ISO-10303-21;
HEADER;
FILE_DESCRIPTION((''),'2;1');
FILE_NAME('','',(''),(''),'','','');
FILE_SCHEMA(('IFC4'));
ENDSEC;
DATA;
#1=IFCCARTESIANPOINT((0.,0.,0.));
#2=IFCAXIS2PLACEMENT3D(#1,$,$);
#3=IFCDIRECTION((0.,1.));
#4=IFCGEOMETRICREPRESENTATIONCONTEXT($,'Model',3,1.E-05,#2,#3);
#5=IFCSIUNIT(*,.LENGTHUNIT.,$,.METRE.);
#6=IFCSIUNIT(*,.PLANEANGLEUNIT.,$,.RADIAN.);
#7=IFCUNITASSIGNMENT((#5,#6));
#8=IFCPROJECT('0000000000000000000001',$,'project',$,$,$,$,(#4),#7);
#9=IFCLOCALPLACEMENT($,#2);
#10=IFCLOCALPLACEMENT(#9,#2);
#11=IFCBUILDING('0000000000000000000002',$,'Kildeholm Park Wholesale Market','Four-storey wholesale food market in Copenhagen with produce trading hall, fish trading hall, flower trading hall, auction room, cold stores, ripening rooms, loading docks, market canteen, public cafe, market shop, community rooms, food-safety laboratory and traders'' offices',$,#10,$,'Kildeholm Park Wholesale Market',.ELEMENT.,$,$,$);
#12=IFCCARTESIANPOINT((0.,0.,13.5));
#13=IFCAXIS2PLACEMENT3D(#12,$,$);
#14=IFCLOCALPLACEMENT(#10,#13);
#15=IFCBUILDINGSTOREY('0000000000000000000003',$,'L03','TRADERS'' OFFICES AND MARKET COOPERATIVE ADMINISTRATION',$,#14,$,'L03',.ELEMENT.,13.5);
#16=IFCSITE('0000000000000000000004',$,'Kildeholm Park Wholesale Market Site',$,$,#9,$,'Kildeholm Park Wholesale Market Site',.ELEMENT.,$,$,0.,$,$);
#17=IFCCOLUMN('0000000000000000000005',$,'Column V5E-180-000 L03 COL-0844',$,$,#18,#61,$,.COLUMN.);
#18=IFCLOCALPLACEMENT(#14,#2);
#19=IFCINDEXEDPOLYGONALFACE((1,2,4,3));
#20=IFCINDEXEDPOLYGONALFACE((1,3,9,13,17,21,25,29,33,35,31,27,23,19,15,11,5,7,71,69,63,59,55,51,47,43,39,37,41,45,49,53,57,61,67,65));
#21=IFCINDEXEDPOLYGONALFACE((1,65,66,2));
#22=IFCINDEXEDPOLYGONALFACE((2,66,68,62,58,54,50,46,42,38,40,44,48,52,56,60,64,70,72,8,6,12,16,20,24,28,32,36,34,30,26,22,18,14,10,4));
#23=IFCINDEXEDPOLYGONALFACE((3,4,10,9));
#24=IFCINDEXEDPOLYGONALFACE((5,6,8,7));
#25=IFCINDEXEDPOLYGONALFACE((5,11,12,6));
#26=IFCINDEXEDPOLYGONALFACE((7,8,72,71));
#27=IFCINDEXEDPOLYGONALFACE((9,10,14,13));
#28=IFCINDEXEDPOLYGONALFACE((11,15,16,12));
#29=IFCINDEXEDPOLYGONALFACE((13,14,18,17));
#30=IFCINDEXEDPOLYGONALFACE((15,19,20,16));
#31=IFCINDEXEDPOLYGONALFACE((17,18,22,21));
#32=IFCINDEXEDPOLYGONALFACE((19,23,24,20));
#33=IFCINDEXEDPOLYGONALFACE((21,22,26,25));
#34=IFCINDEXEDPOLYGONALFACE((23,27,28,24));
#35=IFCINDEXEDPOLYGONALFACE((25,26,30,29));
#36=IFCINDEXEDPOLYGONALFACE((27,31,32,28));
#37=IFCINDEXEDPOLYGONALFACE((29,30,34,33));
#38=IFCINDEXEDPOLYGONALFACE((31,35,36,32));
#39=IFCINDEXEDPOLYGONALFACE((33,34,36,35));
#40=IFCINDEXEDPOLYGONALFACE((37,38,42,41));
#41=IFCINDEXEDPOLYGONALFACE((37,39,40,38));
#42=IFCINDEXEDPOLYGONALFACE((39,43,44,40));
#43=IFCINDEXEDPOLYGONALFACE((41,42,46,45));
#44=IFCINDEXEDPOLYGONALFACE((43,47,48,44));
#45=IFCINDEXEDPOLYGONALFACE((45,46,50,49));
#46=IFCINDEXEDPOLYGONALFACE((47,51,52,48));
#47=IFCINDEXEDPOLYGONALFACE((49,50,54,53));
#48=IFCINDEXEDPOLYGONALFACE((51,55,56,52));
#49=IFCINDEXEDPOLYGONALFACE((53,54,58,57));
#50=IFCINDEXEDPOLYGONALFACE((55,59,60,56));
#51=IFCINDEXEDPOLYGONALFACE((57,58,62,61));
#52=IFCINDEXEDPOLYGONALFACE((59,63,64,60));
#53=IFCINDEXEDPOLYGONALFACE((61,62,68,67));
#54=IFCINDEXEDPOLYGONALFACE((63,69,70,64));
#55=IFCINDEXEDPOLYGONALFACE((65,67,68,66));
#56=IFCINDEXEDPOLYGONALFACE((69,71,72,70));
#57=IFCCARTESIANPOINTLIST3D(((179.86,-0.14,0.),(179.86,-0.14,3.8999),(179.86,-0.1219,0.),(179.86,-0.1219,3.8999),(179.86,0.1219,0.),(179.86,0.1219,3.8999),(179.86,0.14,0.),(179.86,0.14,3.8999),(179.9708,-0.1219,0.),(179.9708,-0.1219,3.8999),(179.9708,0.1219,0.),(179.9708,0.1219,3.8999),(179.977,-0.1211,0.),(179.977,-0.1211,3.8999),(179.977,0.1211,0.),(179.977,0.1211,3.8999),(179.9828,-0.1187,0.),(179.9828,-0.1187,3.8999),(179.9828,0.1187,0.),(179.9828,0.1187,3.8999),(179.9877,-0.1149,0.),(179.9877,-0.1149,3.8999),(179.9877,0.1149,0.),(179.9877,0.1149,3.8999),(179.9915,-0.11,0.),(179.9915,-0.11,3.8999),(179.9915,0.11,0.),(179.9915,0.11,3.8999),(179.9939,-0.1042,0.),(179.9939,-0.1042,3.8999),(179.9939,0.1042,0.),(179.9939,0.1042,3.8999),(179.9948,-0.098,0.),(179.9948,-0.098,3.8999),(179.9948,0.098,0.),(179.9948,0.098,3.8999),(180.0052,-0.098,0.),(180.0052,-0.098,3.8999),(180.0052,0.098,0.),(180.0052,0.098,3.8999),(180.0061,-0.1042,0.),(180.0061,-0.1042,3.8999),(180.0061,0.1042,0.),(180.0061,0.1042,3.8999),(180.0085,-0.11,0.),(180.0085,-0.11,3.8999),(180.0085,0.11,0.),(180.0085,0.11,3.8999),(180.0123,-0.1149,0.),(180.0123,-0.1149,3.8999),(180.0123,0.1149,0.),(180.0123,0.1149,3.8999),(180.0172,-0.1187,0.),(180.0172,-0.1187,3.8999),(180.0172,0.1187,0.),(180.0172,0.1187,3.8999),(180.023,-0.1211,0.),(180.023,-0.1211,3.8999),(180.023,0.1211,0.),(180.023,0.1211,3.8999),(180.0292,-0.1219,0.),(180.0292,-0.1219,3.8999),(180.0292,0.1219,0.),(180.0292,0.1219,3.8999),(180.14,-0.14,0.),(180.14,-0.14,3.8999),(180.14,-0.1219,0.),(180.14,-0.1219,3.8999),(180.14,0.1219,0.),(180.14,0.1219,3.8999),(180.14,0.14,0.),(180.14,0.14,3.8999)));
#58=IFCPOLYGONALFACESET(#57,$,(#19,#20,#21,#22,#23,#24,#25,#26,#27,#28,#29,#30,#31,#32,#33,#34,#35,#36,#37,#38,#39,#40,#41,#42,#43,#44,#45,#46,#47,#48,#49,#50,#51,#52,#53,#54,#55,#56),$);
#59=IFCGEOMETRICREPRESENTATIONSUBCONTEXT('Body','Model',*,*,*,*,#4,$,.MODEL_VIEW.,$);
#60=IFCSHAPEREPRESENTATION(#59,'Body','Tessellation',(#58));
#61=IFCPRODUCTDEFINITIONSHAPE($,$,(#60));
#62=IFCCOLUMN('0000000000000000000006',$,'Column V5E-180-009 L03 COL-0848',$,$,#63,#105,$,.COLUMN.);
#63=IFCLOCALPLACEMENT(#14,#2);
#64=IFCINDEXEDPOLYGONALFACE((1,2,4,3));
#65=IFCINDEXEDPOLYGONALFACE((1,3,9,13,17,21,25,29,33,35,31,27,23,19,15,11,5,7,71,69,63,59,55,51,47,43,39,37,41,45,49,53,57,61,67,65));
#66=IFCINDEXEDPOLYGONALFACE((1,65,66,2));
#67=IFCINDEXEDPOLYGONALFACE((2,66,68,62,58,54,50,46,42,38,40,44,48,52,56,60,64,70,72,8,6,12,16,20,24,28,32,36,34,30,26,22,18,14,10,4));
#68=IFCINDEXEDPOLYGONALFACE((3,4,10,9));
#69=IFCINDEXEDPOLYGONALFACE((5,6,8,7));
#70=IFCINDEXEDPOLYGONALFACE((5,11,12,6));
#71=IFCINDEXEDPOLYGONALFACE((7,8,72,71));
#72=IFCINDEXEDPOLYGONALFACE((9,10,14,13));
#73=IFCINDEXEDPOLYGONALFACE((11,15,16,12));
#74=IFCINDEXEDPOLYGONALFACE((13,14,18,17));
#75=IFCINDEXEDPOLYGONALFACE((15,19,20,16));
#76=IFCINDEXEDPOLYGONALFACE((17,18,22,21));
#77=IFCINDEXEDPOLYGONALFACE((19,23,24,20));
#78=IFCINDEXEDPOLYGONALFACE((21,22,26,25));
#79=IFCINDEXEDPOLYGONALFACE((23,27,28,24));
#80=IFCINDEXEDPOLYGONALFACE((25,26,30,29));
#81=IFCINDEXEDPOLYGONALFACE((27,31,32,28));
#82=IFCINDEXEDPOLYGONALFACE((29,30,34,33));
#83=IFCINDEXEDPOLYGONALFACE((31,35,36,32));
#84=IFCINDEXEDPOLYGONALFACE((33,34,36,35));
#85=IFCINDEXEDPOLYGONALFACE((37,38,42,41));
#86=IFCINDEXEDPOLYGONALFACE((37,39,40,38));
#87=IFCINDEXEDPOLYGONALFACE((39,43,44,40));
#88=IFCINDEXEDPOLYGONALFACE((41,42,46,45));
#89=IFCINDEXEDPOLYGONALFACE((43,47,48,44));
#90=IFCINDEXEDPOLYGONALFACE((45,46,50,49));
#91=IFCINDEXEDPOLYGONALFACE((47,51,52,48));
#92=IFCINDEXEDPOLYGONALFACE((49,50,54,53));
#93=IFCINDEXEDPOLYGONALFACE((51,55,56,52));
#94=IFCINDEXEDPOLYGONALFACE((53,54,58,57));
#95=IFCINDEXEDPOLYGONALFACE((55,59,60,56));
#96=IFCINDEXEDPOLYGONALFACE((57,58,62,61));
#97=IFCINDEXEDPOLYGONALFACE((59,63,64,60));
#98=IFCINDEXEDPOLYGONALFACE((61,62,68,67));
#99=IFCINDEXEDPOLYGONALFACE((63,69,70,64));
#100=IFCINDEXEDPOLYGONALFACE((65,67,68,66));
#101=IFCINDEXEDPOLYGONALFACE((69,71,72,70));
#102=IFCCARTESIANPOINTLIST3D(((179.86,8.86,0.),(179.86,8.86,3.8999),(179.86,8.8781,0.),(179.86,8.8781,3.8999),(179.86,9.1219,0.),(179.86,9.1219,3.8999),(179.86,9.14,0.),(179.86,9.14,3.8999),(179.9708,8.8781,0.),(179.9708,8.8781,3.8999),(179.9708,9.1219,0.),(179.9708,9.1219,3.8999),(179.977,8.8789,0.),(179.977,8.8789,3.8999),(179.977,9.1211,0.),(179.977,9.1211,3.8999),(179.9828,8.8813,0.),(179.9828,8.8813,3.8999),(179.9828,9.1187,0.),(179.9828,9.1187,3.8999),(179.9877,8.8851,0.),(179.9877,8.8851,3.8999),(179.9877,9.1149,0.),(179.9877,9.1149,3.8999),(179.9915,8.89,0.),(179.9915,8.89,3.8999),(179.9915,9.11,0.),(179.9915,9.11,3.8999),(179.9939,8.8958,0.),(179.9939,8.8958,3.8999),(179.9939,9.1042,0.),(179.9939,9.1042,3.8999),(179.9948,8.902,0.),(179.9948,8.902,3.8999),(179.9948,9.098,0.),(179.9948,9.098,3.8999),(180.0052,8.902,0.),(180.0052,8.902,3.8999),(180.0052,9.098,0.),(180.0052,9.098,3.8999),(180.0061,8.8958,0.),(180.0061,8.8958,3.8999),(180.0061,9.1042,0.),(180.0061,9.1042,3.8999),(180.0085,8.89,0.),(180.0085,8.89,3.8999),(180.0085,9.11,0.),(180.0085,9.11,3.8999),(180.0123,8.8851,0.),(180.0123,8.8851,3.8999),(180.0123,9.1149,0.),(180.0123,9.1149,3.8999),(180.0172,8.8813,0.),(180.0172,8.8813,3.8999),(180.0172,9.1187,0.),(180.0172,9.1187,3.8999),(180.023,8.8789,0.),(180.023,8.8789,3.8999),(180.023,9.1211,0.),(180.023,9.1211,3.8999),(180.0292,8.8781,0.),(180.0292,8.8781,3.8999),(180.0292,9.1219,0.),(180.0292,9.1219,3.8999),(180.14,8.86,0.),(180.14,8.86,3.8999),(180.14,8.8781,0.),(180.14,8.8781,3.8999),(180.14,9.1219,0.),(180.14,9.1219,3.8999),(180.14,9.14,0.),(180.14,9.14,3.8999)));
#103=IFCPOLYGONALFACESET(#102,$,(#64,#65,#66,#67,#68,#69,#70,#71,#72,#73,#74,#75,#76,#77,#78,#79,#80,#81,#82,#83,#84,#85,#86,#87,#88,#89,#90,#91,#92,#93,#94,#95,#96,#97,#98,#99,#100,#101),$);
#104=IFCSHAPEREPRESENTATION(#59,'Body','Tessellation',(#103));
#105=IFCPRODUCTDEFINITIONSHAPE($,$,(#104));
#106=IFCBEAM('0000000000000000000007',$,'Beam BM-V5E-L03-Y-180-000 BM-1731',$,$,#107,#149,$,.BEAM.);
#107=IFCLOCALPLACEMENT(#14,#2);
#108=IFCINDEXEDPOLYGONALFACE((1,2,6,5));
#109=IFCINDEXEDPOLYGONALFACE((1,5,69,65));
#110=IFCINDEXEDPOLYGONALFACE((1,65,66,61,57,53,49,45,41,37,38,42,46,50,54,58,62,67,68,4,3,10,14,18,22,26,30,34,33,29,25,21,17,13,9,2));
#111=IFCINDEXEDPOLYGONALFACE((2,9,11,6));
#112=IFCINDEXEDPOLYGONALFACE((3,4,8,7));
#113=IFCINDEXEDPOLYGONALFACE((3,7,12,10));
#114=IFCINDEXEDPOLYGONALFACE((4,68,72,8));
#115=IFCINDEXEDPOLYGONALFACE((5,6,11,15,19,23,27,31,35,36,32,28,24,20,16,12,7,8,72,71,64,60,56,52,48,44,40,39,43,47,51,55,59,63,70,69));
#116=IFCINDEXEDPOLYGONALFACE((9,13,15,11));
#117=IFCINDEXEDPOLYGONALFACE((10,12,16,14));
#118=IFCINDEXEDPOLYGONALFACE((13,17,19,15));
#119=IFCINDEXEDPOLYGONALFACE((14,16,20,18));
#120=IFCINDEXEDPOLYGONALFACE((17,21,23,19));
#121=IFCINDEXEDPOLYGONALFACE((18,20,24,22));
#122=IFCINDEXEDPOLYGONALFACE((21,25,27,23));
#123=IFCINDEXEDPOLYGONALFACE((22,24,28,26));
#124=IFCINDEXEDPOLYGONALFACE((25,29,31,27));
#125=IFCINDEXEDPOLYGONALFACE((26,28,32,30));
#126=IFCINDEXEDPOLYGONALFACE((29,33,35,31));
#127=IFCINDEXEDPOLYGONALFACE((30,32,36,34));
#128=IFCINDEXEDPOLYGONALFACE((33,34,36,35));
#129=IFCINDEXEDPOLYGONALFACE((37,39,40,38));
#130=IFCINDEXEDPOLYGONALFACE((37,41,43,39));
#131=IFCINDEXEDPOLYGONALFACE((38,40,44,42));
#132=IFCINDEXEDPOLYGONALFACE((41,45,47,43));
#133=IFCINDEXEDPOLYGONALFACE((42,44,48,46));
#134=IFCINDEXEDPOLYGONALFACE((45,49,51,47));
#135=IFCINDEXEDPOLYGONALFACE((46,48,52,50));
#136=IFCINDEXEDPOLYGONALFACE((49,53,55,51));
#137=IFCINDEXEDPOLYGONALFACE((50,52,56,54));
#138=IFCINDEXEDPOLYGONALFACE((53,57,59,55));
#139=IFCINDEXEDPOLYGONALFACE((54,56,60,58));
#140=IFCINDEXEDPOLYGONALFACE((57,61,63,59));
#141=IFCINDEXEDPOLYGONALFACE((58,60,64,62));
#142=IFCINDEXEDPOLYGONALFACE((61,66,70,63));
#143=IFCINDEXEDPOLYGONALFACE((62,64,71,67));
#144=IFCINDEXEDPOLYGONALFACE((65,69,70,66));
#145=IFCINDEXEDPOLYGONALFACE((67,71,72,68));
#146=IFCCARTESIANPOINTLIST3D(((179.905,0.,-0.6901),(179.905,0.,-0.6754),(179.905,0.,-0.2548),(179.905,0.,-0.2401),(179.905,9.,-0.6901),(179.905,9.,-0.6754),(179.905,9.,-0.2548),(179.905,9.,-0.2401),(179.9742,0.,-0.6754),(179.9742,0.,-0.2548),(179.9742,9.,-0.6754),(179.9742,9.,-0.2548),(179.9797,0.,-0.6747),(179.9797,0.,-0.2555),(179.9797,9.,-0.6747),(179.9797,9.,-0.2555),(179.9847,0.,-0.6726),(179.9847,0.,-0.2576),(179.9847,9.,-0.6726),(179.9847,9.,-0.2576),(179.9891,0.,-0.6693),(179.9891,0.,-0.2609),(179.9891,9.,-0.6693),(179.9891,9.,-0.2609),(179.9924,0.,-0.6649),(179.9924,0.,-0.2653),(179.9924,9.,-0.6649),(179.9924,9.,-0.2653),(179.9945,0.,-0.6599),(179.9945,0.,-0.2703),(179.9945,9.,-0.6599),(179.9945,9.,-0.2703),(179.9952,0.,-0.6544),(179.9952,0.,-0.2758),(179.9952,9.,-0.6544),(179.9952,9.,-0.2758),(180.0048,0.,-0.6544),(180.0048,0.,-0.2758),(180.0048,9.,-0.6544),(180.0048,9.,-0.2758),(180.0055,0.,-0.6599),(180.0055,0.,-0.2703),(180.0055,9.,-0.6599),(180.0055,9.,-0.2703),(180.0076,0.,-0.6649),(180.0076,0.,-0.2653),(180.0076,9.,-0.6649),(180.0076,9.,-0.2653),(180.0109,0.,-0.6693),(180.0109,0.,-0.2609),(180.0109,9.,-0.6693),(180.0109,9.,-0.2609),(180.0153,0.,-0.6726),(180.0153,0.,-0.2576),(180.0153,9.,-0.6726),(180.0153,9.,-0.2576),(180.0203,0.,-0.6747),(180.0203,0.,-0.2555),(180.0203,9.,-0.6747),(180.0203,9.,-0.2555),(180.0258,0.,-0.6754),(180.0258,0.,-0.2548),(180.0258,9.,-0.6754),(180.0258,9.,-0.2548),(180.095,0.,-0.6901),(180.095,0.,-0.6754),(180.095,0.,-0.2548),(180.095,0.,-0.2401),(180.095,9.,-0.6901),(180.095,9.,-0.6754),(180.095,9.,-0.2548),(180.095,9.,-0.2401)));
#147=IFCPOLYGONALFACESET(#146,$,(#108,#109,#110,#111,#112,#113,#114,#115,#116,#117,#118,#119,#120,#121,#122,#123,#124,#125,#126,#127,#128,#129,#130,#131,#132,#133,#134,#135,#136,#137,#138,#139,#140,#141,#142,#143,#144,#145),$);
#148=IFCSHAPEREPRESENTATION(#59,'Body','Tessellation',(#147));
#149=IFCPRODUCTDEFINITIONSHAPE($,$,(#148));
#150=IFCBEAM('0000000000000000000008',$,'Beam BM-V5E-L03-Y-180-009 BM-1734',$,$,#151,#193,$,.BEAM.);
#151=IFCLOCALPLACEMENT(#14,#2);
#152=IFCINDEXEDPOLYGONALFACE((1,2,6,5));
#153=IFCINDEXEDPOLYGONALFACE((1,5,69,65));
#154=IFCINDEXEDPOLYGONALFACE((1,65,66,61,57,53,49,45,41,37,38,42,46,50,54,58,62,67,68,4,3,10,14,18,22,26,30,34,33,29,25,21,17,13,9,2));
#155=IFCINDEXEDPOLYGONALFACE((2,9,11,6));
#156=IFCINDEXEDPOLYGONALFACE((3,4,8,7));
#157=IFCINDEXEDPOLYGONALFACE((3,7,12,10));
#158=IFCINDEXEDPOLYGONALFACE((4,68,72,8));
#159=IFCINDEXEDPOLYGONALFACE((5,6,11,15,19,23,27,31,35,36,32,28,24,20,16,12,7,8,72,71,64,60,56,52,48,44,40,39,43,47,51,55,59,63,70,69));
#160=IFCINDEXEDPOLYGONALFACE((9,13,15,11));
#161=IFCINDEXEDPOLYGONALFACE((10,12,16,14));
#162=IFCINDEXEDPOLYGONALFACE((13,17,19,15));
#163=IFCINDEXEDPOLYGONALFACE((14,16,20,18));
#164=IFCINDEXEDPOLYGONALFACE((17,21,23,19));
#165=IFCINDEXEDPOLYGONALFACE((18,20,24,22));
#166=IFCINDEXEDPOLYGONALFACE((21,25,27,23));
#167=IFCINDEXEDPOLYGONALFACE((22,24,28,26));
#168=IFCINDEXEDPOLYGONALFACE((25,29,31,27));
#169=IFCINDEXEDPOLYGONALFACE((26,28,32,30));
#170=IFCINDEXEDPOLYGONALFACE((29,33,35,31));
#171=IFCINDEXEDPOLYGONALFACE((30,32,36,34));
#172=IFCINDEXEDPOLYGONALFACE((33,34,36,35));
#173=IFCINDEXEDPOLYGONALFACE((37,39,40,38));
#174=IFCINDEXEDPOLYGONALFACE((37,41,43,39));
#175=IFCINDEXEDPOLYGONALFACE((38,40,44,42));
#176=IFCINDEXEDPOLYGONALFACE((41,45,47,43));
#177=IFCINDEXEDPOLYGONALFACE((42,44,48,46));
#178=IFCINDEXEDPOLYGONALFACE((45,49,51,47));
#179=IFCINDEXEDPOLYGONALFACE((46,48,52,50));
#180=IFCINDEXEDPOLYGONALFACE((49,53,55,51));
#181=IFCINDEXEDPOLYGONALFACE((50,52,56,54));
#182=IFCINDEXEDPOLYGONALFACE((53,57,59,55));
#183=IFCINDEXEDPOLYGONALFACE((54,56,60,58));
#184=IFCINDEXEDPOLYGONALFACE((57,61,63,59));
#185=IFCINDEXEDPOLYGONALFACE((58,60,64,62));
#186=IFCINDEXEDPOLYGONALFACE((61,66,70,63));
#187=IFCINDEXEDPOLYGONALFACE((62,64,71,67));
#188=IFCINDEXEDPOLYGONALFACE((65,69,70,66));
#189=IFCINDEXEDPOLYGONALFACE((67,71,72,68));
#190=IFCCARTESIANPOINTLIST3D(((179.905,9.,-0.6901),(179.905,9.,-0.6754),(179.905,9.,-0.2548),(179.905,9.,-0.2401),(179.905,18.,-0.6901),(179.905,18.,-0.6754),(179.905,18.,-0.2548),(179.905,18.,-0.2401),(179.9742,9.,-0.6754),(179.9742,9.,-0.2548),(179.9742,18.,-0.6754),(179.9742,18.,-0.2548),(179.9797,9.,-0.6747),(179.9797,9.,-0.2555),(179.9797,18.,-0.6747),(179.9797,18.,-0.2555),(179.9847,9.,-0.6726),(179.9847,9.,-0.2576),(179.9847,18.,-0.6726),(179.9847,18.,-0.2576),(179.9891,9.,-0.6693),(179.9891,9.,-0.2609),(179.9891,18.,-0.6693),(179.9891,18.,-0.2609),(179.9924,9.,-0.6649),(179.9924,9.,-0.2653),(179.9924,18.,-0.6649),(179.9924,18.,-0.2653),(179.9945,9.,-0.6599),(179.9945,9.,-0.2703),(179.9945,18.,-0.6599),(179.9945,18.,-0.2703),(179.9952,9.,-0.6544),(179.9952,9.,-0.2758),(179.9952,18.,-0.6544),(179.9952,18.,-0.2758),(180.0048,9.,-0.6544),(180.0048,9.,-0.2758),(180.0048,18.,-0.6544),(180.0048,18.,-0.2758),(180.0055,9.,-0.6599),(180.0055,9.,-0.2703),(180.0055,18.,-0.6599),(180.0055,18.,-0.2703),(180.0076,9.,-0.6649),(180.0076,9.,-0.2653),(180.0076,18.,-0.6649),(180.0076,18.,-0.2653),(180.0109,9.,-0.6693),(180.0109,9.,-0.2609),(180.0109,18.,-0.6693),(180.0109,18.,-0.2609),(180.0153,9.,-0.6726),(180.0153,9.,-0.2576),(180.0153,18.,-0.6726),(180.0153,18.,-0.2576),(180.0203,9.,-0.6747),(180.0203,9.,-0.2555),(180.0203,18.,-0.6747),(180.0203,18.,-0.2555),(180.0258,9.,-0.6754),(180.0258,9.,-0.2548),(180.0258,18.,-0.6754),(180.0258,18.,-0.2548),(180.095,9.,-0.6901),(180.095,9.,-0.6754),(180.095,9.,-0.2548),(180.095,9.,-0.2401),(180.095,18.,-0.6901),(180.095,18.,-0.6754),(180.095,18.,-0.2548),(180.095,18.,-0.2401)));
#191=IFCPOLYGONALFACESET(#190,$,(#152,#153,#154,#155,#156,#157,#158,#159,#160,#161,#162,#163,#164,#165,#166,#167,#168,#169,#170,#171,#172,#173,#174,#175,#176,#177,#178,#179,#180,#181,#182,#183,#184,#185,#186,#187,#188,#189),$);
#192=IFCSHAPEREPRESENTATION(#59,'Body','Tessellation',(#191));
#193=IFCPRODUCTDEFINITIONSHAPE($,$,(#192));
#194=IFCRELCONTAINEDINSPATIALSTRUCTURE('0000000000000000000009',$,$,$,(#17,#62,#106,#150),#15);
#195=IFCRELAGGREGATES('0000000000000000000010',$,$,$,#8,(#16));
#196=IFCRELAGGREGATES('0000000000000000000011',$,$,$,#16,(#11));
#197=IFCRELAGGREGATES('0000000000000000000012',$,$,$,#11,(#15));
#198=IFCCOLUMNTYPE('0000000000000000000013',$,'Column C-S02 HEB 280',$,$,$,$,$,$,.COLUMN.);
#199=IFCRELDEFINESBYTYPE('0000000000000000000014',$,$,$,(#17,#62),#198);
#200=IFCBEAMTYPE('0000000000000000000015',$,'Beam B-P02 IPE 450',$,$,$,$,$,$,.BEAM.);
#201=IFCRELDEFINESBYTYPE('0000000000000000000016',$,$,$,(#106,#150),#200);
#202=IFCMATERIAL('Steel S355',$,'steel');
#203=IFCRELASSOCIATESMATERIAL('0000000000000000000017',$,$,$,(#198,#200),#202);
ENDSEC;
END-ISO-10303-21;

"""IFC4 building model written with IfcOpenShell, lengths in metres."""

from ifc_helpers import new_model, si_unit, direction, frame, origin, origin_2d, place, context, subcontext, project, spatial, i_section, extrude, material, material_profile, profile_set, type_object, element, save


model = new_model("IFC4")

# Units and contexts
model_context = context("Model", 3, precision=1e-05, world=origin(), true_north=direction((0.0, 1.0)))
body_context = subcontext(model_context, "Body", "Model", "MODEL_VIEW")
ifc_project = project(units=[si_unit("LENGTHUNIT", "METRE"), si_unit("PLANEANGLEUNIT", "RADIAN")], contexts=[model_context])

# Site, building, storey
site_placement = place(None, origin())
site = spatial("IfcSite", under=ifc_project, at=site_placement, Name="Kildeholm Park Wholesale Market Site", LongName="Kildeholm Park Wholesale Market Site", CompositionType="ELEMENT", RefElevation=0.0)
building_placement = place(site_placement, origin())
building = spatial("IfcBuilding", under=site, at=building_placement, Name="Kildeholm Park Wholesale Market", Description="Four-storey wholesale food market in Copenhagen with produce trading hall, fish trading hall, flower trading hall, auction room, cold stores, ripening rooms, loading docks, market canteen, public cafe, market shop, community rooms, food-safety laboratory and traders' offices", LongName="Kildeholm Park Wholesale Market", CompositionType="ELEMENT")
storey_placement = place(building_placement, frame((0.0, 0.0, 13.5)))
storey = spatial("IfcBuildingStorey", under=building, at=storey_placement, Name="L03", Description="TRADERS' OFFICES AND MARKET COOPERATIVE ADMINISTRATION", LongName="L03", CompositionType="ELEMENT", Elevation=13.5)

# Columns
ifc_material_1 = material(Name="Steel S355", Category="steel")
ifc_material_profile_1 = material_profile(ifc_material_1, i_section(OverallWidth=0.28, OverallDepth=0.28, WebThickness=0.0105, FlangeThickness=0.0181, FilletRadius=0.0239, at=origin_2d()), Name="HEB 280")
ifc_profile_set_1 = profile_set([ifc_material_profile_1], Name="Steel S355")
column_type = type_object("IfcColumnType", Name="Column C-S02 HEB 280", PredefinedType="COLUMN", material=ifc_profile_set_1)
for number, where, z_axis, x_axis, name in (
    (1, (180.0, 0.0, 0.0), (0.0, 0.0, 1.0), (1.0, 0.0, 0.0), "Column V5E-180-000 L03 COL-0844"),
    (2, (180.0, 9.0, 0.0), (0.0, 0.0, 1.0), (1.0, 0.0, 0.0), "Column V5E-180-009 L03 COL-0848"),
):
    element("IfcColumn", number, at=place(storey_placement, frame(where, z_axis=z_axis, x_axis=x_axis)), inside=storey, type_object=column_type, Name=name, PredefinedType="COLUMN", context=body_context, shape_type="SweptSolid", body=[
        extrude(i_section(OverallWidth=0.28, OverallDepth=0.28, WebThickness=0.0105, FlangeThickness=0.0181, FilletRadius=0.0239, at=origin_2d()), origin(), (0.0, 0.0, 1.0), 3.8999),
    ])

# Beams
ifc_material_profile_2 = material_profile(ifc_material_1, i_section(OverallWidth=0.1899, OverallDepth=0.45, WebThickness=0.0095, FlangeThickness=0.0146, FilletRadius=0.021, at=origin_2d()), Name="IPE 450")
ifc_profile_set_2 = profile_set([ifc_material_profile_2], Name="Steel S355")
beam_type_1 = type_object("IfcBeamType", Name="Beam B-P02 IPE 450", PredefinedType="BEAM", material=ifc_profile_set_2)
for number, where, z_axis, x_axis, name in (
    (3, (180.0, 0.0, -0.4651), (0.0, 1.0, 0.0), (-1.0, 0.0, 0.0), "Beam BM-V5E-L03-Y-180-000 BM-1731"),
    (4, (180.0, 9.0, -0.4651), (0.0, 1.0, 0.0), (-1.0, 0.0, 0.0), "Beam BM-V5E-L03-Y-180-009 BM-1734"),
):
    element("IfcBeam", number, at=place(storey_placement, frame(where, z_axis=z_axis, x_axis=x_axis)), inside=storey, type_object=beam_type_1, Name=name, PredefinedType="BEAM", context=body_context, shape_type="SweptSolid", body=[
        extrude(i_section(OverallWidth=0.1899, OverallDepth=0.45, WebThickness=0.0095, FlangeThickness=0.0146, FilletRadius=0.021, at=origin_2d()), origin(), (0.0, 0.0, 1.0), 9.0),
    ])

save(model, "model.ifc")
